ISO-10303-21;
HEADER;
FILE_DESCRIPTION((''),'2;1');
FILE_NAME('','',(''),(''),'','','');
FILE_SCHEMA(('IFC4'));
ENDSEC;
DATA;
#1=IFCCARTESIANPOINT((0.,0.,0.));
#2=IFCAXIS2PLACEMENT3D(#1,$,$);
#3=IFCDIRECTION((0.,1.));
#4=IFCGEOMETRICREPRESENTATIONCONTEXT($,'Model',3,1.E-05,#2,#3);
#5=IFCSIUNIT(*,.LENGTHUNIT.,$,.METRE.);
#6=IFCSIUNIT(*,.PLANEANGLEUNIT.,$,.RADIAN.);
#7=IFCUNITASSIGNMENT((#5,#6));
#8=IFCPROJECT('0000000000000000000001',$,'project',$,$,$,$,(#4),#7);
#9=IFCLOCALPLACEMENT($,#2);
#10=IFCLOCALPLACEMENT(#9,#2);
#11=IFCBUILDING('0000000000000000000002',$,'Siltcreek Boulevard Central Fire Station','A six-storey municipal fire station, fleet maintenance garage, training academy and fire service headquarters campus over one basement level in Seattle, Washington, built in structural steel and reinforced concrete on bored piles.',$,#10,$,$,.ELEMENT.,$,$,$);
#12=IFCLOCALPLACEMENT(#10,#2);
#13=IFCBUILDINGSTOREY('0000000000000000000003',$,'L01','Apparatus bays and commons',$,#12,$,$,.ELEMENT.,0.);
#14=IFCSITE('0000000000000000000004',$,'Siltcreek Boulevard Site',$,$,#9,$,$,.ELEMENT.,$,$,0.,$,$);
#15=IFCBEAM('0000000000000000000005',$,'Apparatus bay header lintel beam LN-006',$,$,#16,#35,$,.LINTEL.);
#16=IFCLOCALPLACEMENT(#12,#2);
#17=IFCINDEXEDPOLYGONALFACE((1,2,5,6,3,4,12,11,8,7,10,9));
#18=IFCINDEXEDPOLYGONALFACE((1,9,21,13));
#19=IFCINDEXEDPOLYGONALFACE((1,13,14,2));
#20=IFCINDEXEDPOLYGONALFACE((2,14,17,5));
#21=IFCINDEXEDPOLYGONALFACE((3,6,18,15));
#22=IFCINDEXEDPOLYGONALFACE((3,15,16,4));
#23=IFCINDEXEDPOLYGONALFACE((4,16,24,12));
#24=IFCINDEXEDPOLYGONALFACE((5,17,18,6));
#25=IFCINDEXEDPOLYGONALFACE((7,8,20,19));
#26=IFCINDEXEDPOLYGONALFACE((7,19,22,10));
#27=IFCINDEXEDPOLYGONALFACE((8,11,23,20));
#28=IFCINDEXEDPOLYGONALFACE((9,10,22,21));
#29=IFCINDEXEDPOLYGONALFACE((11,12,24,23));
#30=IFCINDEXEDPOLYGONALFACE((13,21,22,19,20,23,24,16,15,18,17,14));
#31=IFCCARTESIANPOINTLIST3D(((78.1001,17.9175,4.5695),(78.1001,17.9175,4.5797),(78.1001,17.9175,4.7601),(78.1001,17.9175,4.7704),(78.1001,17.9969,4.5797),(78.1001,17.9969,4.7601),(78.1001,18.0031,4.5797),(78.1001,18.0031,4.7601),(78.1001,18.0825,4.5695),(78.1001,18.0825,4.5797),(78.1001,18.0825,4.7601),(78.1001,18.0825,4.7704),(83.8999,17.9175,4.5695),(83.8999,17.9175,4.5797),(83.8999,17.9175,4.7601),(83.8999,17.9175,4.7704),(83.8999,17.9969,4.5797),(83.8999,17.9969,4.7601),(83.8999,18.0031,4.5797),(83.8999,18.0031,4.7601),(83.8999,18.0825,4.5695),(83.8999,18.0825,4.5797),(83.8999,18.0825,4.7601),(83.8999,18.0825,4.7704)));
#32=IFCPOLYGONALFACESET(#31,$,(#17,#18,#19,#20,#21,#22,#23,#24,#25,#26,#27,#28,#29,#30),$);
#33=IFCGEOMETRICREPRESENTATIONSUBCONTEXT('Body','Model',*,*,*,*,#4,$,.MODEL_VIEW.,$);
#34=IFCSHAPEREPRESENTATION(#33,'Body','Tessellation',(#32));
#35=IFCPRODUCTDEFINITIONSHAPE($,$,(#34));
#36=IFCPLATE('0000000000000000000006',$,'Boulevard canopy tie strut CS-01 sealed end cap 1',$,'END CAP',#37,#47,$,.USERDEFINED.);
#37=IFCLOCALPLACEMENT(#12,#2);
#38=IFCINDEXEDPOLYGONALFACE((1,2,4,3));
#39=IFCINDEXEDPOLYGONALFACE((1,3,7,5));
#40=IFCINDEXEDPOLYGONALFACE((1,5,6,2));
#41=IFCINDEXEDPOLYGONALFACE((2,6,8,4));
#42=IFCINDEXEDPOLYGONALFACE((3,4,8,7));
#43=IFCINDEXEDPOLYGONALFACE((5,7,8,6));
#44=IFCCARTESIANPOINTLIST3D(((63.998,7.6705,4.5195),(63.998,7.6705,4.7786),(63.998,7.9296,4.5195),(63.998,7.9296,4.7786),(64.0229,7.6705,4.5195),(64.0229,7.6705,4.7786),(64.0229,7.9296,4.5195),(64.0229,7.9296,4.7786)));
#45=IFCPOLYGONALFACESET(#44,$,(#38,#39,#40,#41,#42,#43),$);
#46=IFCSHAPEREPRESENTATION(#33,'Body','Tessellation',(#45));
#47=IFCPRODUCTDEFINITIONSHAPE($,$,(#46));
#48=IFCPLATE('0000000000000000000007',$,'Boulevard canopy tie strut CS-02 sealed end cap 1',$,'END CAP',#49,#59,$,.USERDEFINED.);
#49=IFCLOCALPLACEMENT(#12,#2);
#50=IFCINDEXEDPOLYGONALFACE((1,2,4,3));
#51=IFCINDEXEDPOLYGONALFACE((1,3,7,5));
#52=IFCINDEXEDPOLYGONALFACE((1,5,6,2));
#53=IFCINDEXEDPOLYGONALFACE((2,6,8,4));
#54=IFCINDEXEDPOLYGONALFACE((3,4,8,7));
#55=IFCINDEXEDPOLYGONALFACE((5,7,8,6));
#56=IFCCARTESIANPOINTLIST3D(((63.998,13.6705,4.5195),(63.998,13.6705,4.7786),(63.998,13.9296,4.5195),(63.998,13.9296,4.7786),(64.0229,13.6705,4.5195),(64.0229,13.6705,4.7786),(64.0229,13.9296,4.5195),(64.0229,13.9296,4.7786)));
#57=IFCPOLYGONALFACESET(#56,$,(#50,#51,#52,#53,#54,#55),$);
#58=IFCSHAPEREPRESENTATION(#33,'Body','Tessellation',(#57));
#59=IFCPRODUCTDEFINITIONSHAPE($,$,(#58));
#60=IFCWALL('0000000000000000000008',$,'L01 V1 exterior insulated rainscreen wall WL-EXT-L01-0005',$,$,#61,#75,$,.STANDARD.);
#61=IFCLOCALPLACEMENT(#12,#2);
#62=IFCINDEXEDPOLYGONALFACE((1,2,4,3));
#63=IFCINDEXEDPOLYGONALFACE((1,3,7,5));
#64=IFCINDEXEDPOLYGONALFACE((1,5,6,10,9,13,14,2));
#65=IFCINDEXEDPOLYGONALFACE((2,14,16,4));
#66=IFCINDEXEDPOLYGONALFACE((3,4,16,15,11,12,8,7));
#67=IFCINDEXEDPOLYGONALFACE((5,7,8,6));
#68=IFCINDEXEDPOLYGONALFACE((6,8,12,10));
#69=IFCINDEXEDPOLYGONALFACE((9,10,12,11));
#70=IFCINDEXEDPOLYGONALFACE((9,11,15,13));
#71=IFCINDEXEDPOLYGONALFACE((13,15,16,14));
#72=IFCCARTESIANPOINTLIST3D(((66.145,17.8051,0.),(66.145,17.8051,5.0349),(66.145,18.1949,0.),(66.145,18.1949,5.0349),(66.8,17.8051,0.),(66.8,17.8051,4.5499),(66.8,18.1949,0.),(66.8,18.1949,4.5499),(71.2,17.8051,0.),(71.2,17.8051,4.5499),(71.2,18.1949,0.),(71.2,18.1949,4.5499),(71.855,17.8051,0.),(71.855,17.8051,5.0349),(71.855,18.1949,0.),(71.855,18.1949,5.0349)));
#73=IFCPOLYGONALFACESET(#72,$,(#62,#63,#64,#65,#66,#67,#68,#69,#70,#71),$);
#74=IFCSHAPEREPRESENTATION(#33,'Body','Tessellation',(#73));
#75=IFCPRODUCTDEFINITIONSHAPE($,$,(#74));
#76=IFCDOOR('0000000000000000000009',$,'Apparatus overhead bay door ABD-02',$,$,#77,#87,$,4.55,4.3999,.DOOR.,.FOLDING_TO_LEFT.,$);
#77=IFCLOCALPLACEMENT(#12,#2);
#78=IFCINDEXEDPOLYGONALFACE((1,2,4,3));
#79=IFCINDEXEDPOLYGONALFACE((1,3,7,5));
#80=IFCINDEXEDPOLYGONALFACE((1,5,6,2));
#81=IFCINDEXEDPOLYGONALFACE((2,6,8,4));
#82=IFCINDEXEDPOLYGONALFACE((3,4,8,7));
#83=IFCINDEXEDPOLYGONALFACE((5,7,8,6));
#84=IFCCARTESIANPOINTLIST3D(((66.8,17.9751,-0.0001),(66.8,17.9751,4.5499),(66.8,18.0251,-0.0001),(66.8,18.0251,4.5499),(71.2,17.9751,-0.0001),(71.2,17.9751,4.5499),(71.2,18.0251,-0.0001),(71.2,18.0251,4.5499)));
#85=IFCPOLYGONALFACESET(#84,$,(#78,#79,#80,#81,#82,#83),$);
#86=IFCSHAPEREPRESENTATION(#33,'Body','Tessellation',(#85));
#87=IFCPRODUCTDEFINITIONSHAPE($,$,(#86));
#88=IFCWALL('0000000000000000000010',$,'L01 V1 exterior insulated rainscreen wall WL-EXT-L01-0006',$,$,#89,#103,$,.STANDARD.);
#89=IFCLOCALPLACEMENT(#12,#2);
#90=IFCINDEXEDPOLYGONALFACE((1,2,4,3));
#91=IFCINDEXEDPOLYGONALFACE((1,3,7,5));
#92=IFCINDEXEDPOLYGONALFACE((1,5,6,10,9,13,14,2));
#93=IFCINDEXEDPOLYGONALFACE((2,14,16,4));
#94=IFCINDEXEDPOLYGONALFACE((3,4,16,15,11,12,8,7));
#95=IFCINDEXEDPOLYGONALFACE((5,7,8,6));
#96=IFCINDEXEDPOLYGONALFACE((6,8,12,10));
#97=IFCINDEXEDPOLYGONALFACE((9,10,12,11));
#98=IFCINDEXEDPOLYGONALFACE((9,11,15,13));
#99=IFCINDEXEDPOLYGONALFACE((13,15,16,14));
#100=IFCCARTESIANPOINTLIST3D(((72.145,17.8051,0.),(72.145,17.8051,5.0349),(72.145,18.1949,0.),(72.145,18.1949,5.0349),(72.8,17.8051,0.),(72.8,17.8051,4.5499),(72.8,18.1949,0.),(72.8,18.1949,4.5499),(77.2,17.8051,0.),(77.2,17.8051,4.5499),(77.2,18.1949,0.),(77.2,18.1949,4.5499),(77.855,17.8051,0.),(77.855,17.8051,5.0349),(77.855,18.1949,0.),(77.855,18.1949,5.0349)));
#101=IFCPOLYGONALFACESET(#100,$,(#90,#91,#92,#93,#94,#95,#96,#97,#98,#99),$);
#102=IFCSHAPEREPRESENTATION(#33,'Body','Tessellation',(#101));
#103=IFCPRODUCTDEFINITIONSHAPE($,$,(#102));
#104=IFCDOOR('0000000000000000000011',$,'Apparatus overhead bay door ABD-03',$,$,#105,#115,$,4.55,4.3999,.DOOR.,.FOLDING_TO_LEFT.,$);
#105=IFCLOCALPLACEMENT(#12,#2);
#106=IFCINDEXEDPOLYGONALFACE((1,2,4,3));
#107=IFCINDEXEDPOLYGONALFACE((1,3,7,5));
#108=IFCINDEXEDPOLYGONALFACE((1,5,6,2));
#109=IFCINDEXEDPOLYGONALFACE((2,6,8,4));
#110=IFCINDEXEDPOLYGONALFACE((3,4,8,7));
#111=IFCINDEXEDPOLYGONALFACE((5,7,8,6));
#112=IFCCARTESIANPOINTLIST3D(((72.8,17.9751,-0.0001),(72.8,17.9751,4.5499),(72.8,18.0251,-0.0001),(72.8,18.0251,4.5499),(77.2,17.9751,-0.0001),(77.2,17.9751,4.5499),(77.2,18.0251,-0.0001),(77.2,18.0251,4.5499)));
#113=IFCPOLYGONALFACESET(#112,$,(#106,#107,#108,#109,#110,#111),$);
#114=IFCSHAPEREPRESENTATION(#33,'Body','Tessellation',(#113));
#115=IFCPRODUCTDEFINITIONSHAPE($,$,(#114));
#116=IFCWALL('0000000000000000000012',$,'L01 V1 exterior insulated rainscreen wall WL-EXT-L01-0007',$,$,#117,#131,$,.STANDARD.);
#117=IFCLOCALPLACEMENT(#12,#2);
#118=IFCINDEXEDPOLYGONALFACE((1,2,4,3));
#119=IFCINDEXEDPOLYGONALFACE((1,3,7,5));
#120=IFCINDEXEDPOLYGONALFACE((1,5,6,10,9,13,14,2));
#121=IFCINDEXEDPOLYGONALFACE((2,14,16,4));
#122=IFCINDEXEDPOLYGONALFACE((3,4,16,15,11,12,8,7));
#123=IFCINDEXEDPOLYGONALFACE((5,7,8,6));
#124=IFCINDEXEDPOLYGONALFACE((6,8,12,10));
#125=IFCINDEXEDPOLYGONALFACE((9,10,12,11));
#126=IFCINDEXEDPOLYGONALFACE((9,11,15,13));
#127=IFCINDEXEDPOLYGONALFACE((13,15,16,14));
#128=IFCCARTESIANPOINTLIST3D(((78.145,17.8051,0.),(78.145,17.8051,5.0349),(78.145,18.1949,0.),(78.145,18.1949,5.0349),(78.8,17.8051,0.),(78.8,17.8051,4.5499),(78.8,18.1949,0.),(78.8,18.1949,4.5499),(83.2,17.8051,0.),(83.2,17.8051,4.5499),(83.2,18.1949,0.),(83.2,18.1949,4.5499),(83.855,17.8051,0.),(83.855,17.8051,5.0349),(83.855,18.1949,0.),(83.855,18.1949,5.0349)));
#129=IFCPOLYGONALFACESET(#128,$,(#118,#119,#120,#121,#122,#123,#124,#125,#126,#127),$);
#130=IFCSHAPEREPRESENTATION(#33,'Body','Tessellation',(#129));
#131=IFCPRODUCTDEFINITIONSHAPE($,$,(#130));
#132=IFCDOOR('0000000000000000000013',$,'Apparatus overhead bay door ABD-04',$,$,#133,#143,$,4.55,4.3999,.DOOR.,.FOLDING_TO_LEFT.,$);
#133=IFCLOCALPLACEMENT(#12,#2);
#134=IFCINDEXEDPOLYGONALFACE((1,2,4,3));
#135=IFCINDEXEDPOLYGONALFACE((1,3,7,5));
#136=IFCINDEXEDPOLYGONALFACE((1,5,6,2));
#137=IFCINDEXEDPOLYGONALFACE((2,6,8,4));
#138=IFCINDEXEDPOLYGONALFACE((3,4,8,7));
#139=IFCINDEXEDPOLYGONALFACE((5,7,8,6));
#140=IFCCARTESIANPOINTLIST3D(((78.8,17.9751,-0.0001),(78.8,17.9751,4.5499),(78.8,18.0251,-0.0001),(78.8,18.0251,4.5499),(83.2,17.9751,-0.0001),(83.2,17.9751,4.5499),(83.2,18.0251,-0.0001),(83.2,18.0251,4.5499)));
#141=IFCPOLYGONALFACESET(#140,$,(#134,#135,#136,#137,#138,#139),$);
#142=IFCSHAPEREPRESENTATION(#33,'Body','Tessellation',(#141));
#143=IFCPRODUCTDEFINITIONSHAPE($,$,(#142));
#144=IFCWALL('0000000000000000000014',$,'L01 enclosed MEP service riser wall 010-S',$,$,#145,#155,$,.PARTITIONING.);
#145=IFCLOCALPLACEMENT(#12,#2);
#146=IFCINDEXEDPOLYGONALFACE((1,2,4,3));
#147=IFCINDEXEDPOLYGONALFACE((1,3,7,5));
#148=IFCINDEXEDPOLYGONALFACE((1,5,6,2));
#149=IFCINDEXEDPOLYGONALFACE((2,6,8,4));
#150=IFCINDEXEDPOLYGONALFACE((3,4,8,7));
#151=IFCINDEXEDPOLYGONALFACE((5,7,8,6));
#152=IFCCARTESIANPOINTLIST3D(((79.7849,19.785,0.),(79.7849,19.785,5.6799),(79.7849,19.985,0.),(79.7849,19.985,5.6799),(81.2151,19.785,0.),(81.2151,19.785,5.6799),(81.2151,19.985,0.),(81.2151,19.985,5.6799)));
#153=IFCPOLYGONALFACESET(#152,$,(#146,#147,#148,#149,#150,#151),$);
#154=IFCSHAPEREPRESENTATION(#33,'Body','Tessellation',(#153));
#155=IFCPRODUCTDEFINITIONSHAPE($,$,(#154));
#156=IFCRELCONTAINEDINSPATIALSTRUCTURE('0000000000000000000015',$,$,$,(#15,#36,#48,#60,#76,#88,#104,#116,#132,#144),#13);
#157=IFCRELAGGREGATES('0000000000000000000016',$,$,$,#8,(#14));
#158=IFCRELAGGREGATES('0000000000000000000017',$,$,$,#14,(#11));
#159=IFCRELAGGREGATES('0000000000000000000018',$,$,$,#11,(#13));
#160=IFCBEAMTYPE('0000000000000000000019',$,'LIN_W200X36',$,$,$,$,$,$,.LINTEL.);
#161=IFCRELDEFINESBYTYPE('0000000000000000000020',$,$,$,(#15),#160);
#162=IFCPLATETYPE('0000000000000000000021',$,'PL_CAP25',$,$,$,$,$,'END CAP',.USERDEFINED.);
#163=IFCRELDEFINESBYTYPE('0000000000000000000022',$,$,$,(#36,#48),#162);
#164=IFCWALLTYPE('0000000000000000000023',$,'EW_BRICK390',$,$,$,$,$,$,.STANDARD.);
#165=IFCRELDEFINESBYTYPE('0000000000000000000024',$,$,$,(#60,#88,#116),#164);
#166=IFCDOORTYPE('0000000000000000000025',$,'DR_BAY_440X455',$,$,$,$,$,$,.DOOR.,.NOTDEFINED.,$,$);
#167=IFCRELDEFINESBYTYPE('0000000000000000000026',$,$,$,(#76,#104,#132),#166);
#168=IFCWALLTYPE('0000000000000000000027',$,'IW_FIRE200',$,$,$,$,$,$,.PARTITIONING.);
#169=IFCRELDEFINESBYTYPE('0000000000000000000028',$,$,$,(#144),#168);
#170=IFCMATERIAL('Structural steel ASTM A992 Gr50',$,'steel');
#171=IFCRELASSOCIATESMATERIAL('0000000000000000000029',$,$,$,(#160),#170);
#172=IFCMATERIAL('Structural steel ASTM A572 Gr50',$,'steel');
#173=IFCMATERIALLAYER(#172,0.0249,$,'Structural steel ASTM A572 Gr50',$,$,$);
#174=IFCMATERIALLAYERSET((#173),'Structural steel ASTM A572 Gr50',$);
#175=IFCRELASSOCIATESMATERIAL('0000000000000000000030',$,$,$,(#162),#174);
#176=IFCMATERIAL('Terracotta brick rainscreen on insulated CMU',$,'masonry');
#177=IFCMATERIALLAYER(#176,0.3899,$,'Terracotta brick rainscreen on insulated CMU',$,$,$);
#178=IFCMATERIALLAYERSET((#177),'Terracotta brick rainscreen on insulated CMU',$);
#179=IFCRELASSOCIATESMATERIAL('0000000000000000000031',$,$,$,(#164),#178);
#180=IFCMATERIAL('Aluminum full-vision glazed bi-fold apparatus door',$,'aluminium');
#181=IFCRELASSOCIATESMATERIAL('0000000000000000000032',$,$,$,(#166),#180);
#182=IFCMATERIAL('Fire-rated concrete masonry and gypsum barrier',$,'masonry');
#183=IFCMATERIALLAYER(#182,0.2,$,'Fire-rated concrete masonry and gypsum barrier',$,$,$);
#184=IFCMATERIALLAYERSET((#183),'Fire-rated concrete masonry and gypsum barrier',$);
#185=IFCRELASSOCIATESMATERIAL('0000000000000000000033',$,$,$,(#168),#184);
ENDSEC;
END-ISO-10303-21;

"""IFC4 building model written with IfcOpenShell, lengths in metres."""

from ifc_helpers import new_model, si_unit, direction, frame, frame_2d, origin, origin_2d, place, context, subcontext, project, spatial, rectangle, i_section, extrude, material, layer, layer_set, material_profile, profile_set, type_object, element, fill, save


model = new_model("IFC4")

# Units and contexts
model_context = context("Model", 3, precision=1e-05, world=origin(), true_north=direction((0.0, 1.0)))
body_context = subcontext(model_context, "Body", "Model", "MODEL_VIEW")
ifc_project = project(units=[si_unit("LENGTHUNIT", "METRE"), si_unit("PLANEANGLEUNIT", "RADIAN")], contexts=[model_context])

# Site, building, storey
site_placement = place(None, origin())
site = spatial("IfcSite", under=ifc_project, at=site_placement, Name="Siltcreek Boulevard Site", CompositionType="ELEMENT", RefElevation=0.0)
building_placement = place(site_placement, origin())
building = spatial("IfcBuilding", under=site, at=building_placement, Name="Siltcreek Boulevard Central Fire Station", Description="A six-storey municipal fire station, fleet maintenance garage, training academy and fire service headquarters campus over one basement level in Seattle, Washington, built in structural steel and reinforced concrete on bored piles.", CompositionType="ELEMENT")
storey_placement = place(building_placement, origin())
storey = spatial("IfcBuildingStorey", under=building, at=storey_placement, Name="L01", Description="Apparatus bays and commons", CompositionType="ELEMENT", Elevation=0.0)

# Shared definitions
ifc_material_1 = material(Name="Structural steel ASTM A992 Gr50", Category="steel")

# Beam
ifc_material_profile_1 = material_profile(ifc_material_1, i_section(OverallWidth=0.165, OverallDepth=0.2009, WebThickness=0.0061, FlangeThickness=0.0103, at=origin_2d()), Name="W200X36")
ifc_profile_set_1 = profile_set([ifc_material_profile_1], Name="Structural steel ASTM A992 Gr50")
beam_type_1 = type_object("IfcBeamType", Name="LIN_W200X36", PredefinedType="LINTEL", material=ifc_profile_set_1)
for number, where, z_axis, x_axis, name in (
    (1, (78.1001, 18.0, 4.6699), (1.0, 0.0, 0.0), (0.0, 1.0, 0.0), "Apparatus bay header lintel beam LN-006"),
):
    element("IfcBeam", number, at=place(storey_placement, frame(where, z_axis=z_axis, x_axis=x_axis)), inside=storey, type_object=beam_type_1, Name=name, PredefinedType="LINTEL", context=body_context, shape_type="SweptSolid", body=[
        extrude(i_section(OverallWidth=0.165, OverallDepth=0.2009, WebThickness=0.0061, FlangeThickness=0.0103, at=origin_2d()), origin(), (0.0, 0.0, 1.0), 5.7998),
    ])

# Plates
ifc_material_2 = material(Name="Structural steel ASTM A572 Gr50", Category="steel")
ifc_layer_1 = layer(ifc_material_2, 0.0249, Name="Structural steel ASTM A572 Gr50")
ifc_layer_set_1 = layer_set([ifc_layer_1], Name="Structural steel ASTM A572 Gr50")
plate_type = type_object("IfcPlateType", Name="PL_CAP25", ElementType="END CAP", PredefinedType="USERDEFINED", material=ifc_layer_set_1)
for number, where, z_axis, x_axis, name in (
    (2, (64.0105, 7.8, 4.5195), (0.0, 0.0, 1.0), (-1.0, 0.0, 0.0), "Boulevard canopy tie strut CS-01 sealed end cap 1"),
    (3, (64.0105, 13.8, 4.5195), (0.0, 0.0, 1.0), (-1.0, 0.0, 0.0), "Boulevard canopy tie strut CS-02 sealed end cap 1"),
):
    element("IfcPlate", number, at=place(storey_placement, frame(where, z_axis=z_axis, x_axis=x_axis)), inside=storey, type_object=plate_type, Name=name, ObjectType="END CAP", PredefinedType="USERDEFINED", context=body_context, shape_type="SweptSolid", body=[
        extrude(rectangle(XDim=0.0249, YDim=0.259, at=origin_2d()), origin(), (0.0, 0.0, 1.0), 0.259),
    ])

# Walls, openings, doors
ifc_material_3 = material(Name="Terracotta brick rainscreen on insulated CMU", Category="masonry")
ifc_layer_2 = layer(ifc_material_3, 0.3899, Name="Terracotta brick rainscreen on insulated CMU")
ifc_layer_set_2 = layer_set([ifc_layer_2], Name="Terracotta brick rainscreen on insulated CMU")
wall_type_1 = type_object("IfcWallType", Name="EW_BRICK390", PredefinedType="STANDARD", material=ifc_layer_set_2)
wall_1_placement = place(storey_placement, frame((66.145, 18.0, 0.0), z_axis=(0.0, 0.0, 1.0), x_axis=(1.0, 0.0, 0.0)))
wall_1 = element("IfcWall", 4, at=wall_1_placement, inside=storey, type_object=wall_type_1, Name="L01 V1 exterior insulated rainscreen wall WL-EXT-L01-0005", PredefinedType="STANDARD", context=body_context, shape_type="SweptSolid", body=[
    extrude(rectangle(XDim=5.71, YDim=0.3899, at=frame_2d((2.855, 0.0))), origin(), (0.0, 0.0, 1.0), 5.0349),
])
opening_1_placement = place(wall_1_placement, frame((0.655, 0.0, 0.0)))
opening_1 = element("IfcOpeningElement", 5, at=opening_1_placement, cuts=wall_1, PredefinedType="OPENING", context=body_context, shape_type="SweptSolid", body=[
    extrude(rectangle(XDim=4.3999, YDim=4.55, at=frame_2d((2.2, 2.2749))), frame((0.0, 0.2048, 0.0), z_axis=(0.0, -1.0, 0.0), x_axis=(1.0, 0.0, 0.0)), (0.0, 0.0, 1.0), 0.4099),
])
ifc_material_4 = material(Name="Aluminum full-vision glazed bi-fold apparatus door", Category="aluminium")
door_type = type_object("IfcDoorType", Name="DR_BAY_440X455", OperationType="NOTDEFINED", PredefinedType="DOOR", material=ifc_material_4)
door_1_placement = place(opening_1_placement, frame((4.3999, 0.0, 0.0), z_axis=(0.0, 0.0, 1.0), x_axis=(-1.0, 0.0, 0.0)))
door_1 = element("IfcDoor", 6, at=door_1_placement, inside=storey, type_object=door_type, Name="Apparatus overhead bay door ABD-02", OperationType="FOLDING_TO_LEFT", OverallHeight=4.55, OverallWidth=4.3999, PredefinedType="DOOR", context=body_context, shape_type="SweptSolid", body=[
    extrude(rectangle(XDim=4.3999, YDim=4.55, at=frame_2d((2.2, 2.2749))), frame((0.0, 0.0249, 0.0), z_axis=(0.0, -1.0, 0.0), x_axis=(1.0, 0.0, 0.0)), (0.0, 0.0, 1.0), 0.05),
])
fill(opening_1, door_1)
wall_2_placement = place(storey_placement, frame((72.145, 18.0, 0.0), z_axis=(0.0, 0.0, 1.0), x_axis=(1.0, 0.0, 0.0)))
wall_2 = element("IfcWall", 7, at=wall_2_placement, inside=storey, type_object=wall_type_1, Name="L01 V1 exterior insulated rainscreen wall WL-EXT-L01-0006", PredefinedType="STANDARD", context=body_context, shape_type="SweptSolid", body=[
    extrude(rectangle(XDim=5.71, YDim=0.3899, at=frame_2d((2.855, 0.0))), origin(), (0.0, 0.0, 1.0), 5.0349),
])
opening_2_placement = place(wall_2_placement, frame((0.655, 0.0, 0.0)))
opening_2 = element("IfcOpeningElement", 8, at=opening_2_placement, cuts=wall_2, PredefinedType="OPENING", context=body_context, shape_type="SweptSolid", body=[
    extrude(rectangle(XDim=4.3999, YDim=4.55, at=frame_2d((2.2, 2.2749))), frame((0.0, 0.2048, 0.0), z_axis=(0.0, -1.0, 0.0), x_axis=(1.0, 0.0, 0.0)), (0.0, 0.0, 1.0), 0.4099),
])
door_2_placement = place(opening_2_placement, frame((4.3999, 0.0, 0.0), z_axis=(0.0, 0.0, 1.0), x_axis=(-1.0, 0.0, 0.0)))
door_2 = element("IfcDoor", 9, at=door_2_placement, inside=storey, type_object=door_type, Name="Apparatus overhead bay door ABD-03", OperationType="FOLDING_TO_LEFT", OverallHeight=4.55, OverallWidth=4.3999, PredefinedType="DOOR", context=body_context, shape_type="SweptSolid", body=[
    extrude(rectangle(XDim=4.3999, YDim=4.55, at=frame_2d((2.2, 2.2749))), frame((0.0, 0.0249, 0.0), z_axis=(0.0, -1.0, 0.0), x_axis=(1.0, 0.0, 0.0)), (0.0, 0.0, 1.0), 0.05),
])
fill(opening_2, door_2)
wall_3_placement = place(storey_placement, frame((78.145, 18.0, 0.0), z_axis=(0.0, 0.0, 1.0), x_axis=(1.0, 0.0, 0.0)))
wall_3 = element("IfcWall", 10, at=wall_3_placement, inside=storey, type_object=wall_type_1, Name="L01 V1 exterior insulated rainscreen wall WL-EXT-L01-0007", PredefinedType="STANDARD", context=body_context, shape_type="SweptSolid", body=[
    extrude(rectangle(XDim=5.71, YDim=0.3899, at=frame_2d((2.855, 0.0))), origin(), (0.0, 0.0, 1.0), 5.0349),
])
opening_3_placement = place(wall_3_placement, frame((0.655, 0.0, 0.0)))
opening_3 = element("IfcOpeningElement", 11, at=opening_3_placement, cuts=wall_3, PredefinedType="OPENING", context=body_context, shape_type="SweptSolid", body=[
    extrude(rectangle(XDim=4.3999, YDim=4.55, at=frame_2d((2.2, 2.2749))), frame((0.0, 0.2048, 0.0), z_axis=(0.0, -1.0, 0.0), x_axis=(1.0, 0.0, 0.0)), (0.0, 0.0, 1.0), 0.4099),
])
door_3_placement = place(opening_3_placement, frame((4.3999, 0.0, 0.0), z_axis=(0.0, 0.0, 1.0), x_axis=(-1.0, 0.0, 0.0)))
door_3 = element("IfcDoor", 12, at=door_3_placement, inside=storey, type_object=door_type, Name="Apparatus overhead bay door ABD-04", OperationType="FOLDING_TO_LEFT", OverallHeight=4.55, OverallWidth=4.3999, PredefinedType="DOOR", context=body_context, shape_type="SweptSolid", body=[
    extrude(rectangle(XDim=4.3999, YDim=4.55, at=frame_2d((2.2, 2.2749))), frame((0.0, 0.0249, 0.0), z_axis=(0.0, -1.0, 0.0), x_axis=(1.0, 0.0, 0.0)), (0.0, 0.0, 1.0), 0.05),
])
fill(opening_3, door_3)

# Wall
ifc_material_5 = material(Name="Fire-rated concrete masonry and gypsum barrier", Category="masonry")
ifc_layer_3 = layer(ifc_material_5, 0.2, Name="Fire-rated concrete masonry and gypsum barrier")
ifc_layer_set_3 = layer_set([ifc_layer_3], Name="Fire-rated concrete masonry and gypsum barrier")
wall_type_2 = type_object("IfcWallType", Name="IW_FIRE200", PredefinedType="PARTITIONING", material=ifc_layer_set_3)
wall_4_placement = place(storey_placement, frame((79.7849, 19.885, 0.0), z_axis=(0.0, 0.0, 1.0), x_axis=(1.0, 0.0, 0.0)))
element("IfcWall", 13, at=wall_4_placement, inside=storey, type_object=wall_type_2, Name="L01 enclosed MEP service riser wall 010-S", PredefinedType="PARTITIONING", context=body_context, shape_type="SweptSolid", body=[
    extrude(rectangle(XDim=1.4302, YDim=0.2, at=frame_2d((0.7151, 0.0))), origin(), (0.0, 0.0, 1.0), 5.6799),
])

save(model, "model.ifc")
